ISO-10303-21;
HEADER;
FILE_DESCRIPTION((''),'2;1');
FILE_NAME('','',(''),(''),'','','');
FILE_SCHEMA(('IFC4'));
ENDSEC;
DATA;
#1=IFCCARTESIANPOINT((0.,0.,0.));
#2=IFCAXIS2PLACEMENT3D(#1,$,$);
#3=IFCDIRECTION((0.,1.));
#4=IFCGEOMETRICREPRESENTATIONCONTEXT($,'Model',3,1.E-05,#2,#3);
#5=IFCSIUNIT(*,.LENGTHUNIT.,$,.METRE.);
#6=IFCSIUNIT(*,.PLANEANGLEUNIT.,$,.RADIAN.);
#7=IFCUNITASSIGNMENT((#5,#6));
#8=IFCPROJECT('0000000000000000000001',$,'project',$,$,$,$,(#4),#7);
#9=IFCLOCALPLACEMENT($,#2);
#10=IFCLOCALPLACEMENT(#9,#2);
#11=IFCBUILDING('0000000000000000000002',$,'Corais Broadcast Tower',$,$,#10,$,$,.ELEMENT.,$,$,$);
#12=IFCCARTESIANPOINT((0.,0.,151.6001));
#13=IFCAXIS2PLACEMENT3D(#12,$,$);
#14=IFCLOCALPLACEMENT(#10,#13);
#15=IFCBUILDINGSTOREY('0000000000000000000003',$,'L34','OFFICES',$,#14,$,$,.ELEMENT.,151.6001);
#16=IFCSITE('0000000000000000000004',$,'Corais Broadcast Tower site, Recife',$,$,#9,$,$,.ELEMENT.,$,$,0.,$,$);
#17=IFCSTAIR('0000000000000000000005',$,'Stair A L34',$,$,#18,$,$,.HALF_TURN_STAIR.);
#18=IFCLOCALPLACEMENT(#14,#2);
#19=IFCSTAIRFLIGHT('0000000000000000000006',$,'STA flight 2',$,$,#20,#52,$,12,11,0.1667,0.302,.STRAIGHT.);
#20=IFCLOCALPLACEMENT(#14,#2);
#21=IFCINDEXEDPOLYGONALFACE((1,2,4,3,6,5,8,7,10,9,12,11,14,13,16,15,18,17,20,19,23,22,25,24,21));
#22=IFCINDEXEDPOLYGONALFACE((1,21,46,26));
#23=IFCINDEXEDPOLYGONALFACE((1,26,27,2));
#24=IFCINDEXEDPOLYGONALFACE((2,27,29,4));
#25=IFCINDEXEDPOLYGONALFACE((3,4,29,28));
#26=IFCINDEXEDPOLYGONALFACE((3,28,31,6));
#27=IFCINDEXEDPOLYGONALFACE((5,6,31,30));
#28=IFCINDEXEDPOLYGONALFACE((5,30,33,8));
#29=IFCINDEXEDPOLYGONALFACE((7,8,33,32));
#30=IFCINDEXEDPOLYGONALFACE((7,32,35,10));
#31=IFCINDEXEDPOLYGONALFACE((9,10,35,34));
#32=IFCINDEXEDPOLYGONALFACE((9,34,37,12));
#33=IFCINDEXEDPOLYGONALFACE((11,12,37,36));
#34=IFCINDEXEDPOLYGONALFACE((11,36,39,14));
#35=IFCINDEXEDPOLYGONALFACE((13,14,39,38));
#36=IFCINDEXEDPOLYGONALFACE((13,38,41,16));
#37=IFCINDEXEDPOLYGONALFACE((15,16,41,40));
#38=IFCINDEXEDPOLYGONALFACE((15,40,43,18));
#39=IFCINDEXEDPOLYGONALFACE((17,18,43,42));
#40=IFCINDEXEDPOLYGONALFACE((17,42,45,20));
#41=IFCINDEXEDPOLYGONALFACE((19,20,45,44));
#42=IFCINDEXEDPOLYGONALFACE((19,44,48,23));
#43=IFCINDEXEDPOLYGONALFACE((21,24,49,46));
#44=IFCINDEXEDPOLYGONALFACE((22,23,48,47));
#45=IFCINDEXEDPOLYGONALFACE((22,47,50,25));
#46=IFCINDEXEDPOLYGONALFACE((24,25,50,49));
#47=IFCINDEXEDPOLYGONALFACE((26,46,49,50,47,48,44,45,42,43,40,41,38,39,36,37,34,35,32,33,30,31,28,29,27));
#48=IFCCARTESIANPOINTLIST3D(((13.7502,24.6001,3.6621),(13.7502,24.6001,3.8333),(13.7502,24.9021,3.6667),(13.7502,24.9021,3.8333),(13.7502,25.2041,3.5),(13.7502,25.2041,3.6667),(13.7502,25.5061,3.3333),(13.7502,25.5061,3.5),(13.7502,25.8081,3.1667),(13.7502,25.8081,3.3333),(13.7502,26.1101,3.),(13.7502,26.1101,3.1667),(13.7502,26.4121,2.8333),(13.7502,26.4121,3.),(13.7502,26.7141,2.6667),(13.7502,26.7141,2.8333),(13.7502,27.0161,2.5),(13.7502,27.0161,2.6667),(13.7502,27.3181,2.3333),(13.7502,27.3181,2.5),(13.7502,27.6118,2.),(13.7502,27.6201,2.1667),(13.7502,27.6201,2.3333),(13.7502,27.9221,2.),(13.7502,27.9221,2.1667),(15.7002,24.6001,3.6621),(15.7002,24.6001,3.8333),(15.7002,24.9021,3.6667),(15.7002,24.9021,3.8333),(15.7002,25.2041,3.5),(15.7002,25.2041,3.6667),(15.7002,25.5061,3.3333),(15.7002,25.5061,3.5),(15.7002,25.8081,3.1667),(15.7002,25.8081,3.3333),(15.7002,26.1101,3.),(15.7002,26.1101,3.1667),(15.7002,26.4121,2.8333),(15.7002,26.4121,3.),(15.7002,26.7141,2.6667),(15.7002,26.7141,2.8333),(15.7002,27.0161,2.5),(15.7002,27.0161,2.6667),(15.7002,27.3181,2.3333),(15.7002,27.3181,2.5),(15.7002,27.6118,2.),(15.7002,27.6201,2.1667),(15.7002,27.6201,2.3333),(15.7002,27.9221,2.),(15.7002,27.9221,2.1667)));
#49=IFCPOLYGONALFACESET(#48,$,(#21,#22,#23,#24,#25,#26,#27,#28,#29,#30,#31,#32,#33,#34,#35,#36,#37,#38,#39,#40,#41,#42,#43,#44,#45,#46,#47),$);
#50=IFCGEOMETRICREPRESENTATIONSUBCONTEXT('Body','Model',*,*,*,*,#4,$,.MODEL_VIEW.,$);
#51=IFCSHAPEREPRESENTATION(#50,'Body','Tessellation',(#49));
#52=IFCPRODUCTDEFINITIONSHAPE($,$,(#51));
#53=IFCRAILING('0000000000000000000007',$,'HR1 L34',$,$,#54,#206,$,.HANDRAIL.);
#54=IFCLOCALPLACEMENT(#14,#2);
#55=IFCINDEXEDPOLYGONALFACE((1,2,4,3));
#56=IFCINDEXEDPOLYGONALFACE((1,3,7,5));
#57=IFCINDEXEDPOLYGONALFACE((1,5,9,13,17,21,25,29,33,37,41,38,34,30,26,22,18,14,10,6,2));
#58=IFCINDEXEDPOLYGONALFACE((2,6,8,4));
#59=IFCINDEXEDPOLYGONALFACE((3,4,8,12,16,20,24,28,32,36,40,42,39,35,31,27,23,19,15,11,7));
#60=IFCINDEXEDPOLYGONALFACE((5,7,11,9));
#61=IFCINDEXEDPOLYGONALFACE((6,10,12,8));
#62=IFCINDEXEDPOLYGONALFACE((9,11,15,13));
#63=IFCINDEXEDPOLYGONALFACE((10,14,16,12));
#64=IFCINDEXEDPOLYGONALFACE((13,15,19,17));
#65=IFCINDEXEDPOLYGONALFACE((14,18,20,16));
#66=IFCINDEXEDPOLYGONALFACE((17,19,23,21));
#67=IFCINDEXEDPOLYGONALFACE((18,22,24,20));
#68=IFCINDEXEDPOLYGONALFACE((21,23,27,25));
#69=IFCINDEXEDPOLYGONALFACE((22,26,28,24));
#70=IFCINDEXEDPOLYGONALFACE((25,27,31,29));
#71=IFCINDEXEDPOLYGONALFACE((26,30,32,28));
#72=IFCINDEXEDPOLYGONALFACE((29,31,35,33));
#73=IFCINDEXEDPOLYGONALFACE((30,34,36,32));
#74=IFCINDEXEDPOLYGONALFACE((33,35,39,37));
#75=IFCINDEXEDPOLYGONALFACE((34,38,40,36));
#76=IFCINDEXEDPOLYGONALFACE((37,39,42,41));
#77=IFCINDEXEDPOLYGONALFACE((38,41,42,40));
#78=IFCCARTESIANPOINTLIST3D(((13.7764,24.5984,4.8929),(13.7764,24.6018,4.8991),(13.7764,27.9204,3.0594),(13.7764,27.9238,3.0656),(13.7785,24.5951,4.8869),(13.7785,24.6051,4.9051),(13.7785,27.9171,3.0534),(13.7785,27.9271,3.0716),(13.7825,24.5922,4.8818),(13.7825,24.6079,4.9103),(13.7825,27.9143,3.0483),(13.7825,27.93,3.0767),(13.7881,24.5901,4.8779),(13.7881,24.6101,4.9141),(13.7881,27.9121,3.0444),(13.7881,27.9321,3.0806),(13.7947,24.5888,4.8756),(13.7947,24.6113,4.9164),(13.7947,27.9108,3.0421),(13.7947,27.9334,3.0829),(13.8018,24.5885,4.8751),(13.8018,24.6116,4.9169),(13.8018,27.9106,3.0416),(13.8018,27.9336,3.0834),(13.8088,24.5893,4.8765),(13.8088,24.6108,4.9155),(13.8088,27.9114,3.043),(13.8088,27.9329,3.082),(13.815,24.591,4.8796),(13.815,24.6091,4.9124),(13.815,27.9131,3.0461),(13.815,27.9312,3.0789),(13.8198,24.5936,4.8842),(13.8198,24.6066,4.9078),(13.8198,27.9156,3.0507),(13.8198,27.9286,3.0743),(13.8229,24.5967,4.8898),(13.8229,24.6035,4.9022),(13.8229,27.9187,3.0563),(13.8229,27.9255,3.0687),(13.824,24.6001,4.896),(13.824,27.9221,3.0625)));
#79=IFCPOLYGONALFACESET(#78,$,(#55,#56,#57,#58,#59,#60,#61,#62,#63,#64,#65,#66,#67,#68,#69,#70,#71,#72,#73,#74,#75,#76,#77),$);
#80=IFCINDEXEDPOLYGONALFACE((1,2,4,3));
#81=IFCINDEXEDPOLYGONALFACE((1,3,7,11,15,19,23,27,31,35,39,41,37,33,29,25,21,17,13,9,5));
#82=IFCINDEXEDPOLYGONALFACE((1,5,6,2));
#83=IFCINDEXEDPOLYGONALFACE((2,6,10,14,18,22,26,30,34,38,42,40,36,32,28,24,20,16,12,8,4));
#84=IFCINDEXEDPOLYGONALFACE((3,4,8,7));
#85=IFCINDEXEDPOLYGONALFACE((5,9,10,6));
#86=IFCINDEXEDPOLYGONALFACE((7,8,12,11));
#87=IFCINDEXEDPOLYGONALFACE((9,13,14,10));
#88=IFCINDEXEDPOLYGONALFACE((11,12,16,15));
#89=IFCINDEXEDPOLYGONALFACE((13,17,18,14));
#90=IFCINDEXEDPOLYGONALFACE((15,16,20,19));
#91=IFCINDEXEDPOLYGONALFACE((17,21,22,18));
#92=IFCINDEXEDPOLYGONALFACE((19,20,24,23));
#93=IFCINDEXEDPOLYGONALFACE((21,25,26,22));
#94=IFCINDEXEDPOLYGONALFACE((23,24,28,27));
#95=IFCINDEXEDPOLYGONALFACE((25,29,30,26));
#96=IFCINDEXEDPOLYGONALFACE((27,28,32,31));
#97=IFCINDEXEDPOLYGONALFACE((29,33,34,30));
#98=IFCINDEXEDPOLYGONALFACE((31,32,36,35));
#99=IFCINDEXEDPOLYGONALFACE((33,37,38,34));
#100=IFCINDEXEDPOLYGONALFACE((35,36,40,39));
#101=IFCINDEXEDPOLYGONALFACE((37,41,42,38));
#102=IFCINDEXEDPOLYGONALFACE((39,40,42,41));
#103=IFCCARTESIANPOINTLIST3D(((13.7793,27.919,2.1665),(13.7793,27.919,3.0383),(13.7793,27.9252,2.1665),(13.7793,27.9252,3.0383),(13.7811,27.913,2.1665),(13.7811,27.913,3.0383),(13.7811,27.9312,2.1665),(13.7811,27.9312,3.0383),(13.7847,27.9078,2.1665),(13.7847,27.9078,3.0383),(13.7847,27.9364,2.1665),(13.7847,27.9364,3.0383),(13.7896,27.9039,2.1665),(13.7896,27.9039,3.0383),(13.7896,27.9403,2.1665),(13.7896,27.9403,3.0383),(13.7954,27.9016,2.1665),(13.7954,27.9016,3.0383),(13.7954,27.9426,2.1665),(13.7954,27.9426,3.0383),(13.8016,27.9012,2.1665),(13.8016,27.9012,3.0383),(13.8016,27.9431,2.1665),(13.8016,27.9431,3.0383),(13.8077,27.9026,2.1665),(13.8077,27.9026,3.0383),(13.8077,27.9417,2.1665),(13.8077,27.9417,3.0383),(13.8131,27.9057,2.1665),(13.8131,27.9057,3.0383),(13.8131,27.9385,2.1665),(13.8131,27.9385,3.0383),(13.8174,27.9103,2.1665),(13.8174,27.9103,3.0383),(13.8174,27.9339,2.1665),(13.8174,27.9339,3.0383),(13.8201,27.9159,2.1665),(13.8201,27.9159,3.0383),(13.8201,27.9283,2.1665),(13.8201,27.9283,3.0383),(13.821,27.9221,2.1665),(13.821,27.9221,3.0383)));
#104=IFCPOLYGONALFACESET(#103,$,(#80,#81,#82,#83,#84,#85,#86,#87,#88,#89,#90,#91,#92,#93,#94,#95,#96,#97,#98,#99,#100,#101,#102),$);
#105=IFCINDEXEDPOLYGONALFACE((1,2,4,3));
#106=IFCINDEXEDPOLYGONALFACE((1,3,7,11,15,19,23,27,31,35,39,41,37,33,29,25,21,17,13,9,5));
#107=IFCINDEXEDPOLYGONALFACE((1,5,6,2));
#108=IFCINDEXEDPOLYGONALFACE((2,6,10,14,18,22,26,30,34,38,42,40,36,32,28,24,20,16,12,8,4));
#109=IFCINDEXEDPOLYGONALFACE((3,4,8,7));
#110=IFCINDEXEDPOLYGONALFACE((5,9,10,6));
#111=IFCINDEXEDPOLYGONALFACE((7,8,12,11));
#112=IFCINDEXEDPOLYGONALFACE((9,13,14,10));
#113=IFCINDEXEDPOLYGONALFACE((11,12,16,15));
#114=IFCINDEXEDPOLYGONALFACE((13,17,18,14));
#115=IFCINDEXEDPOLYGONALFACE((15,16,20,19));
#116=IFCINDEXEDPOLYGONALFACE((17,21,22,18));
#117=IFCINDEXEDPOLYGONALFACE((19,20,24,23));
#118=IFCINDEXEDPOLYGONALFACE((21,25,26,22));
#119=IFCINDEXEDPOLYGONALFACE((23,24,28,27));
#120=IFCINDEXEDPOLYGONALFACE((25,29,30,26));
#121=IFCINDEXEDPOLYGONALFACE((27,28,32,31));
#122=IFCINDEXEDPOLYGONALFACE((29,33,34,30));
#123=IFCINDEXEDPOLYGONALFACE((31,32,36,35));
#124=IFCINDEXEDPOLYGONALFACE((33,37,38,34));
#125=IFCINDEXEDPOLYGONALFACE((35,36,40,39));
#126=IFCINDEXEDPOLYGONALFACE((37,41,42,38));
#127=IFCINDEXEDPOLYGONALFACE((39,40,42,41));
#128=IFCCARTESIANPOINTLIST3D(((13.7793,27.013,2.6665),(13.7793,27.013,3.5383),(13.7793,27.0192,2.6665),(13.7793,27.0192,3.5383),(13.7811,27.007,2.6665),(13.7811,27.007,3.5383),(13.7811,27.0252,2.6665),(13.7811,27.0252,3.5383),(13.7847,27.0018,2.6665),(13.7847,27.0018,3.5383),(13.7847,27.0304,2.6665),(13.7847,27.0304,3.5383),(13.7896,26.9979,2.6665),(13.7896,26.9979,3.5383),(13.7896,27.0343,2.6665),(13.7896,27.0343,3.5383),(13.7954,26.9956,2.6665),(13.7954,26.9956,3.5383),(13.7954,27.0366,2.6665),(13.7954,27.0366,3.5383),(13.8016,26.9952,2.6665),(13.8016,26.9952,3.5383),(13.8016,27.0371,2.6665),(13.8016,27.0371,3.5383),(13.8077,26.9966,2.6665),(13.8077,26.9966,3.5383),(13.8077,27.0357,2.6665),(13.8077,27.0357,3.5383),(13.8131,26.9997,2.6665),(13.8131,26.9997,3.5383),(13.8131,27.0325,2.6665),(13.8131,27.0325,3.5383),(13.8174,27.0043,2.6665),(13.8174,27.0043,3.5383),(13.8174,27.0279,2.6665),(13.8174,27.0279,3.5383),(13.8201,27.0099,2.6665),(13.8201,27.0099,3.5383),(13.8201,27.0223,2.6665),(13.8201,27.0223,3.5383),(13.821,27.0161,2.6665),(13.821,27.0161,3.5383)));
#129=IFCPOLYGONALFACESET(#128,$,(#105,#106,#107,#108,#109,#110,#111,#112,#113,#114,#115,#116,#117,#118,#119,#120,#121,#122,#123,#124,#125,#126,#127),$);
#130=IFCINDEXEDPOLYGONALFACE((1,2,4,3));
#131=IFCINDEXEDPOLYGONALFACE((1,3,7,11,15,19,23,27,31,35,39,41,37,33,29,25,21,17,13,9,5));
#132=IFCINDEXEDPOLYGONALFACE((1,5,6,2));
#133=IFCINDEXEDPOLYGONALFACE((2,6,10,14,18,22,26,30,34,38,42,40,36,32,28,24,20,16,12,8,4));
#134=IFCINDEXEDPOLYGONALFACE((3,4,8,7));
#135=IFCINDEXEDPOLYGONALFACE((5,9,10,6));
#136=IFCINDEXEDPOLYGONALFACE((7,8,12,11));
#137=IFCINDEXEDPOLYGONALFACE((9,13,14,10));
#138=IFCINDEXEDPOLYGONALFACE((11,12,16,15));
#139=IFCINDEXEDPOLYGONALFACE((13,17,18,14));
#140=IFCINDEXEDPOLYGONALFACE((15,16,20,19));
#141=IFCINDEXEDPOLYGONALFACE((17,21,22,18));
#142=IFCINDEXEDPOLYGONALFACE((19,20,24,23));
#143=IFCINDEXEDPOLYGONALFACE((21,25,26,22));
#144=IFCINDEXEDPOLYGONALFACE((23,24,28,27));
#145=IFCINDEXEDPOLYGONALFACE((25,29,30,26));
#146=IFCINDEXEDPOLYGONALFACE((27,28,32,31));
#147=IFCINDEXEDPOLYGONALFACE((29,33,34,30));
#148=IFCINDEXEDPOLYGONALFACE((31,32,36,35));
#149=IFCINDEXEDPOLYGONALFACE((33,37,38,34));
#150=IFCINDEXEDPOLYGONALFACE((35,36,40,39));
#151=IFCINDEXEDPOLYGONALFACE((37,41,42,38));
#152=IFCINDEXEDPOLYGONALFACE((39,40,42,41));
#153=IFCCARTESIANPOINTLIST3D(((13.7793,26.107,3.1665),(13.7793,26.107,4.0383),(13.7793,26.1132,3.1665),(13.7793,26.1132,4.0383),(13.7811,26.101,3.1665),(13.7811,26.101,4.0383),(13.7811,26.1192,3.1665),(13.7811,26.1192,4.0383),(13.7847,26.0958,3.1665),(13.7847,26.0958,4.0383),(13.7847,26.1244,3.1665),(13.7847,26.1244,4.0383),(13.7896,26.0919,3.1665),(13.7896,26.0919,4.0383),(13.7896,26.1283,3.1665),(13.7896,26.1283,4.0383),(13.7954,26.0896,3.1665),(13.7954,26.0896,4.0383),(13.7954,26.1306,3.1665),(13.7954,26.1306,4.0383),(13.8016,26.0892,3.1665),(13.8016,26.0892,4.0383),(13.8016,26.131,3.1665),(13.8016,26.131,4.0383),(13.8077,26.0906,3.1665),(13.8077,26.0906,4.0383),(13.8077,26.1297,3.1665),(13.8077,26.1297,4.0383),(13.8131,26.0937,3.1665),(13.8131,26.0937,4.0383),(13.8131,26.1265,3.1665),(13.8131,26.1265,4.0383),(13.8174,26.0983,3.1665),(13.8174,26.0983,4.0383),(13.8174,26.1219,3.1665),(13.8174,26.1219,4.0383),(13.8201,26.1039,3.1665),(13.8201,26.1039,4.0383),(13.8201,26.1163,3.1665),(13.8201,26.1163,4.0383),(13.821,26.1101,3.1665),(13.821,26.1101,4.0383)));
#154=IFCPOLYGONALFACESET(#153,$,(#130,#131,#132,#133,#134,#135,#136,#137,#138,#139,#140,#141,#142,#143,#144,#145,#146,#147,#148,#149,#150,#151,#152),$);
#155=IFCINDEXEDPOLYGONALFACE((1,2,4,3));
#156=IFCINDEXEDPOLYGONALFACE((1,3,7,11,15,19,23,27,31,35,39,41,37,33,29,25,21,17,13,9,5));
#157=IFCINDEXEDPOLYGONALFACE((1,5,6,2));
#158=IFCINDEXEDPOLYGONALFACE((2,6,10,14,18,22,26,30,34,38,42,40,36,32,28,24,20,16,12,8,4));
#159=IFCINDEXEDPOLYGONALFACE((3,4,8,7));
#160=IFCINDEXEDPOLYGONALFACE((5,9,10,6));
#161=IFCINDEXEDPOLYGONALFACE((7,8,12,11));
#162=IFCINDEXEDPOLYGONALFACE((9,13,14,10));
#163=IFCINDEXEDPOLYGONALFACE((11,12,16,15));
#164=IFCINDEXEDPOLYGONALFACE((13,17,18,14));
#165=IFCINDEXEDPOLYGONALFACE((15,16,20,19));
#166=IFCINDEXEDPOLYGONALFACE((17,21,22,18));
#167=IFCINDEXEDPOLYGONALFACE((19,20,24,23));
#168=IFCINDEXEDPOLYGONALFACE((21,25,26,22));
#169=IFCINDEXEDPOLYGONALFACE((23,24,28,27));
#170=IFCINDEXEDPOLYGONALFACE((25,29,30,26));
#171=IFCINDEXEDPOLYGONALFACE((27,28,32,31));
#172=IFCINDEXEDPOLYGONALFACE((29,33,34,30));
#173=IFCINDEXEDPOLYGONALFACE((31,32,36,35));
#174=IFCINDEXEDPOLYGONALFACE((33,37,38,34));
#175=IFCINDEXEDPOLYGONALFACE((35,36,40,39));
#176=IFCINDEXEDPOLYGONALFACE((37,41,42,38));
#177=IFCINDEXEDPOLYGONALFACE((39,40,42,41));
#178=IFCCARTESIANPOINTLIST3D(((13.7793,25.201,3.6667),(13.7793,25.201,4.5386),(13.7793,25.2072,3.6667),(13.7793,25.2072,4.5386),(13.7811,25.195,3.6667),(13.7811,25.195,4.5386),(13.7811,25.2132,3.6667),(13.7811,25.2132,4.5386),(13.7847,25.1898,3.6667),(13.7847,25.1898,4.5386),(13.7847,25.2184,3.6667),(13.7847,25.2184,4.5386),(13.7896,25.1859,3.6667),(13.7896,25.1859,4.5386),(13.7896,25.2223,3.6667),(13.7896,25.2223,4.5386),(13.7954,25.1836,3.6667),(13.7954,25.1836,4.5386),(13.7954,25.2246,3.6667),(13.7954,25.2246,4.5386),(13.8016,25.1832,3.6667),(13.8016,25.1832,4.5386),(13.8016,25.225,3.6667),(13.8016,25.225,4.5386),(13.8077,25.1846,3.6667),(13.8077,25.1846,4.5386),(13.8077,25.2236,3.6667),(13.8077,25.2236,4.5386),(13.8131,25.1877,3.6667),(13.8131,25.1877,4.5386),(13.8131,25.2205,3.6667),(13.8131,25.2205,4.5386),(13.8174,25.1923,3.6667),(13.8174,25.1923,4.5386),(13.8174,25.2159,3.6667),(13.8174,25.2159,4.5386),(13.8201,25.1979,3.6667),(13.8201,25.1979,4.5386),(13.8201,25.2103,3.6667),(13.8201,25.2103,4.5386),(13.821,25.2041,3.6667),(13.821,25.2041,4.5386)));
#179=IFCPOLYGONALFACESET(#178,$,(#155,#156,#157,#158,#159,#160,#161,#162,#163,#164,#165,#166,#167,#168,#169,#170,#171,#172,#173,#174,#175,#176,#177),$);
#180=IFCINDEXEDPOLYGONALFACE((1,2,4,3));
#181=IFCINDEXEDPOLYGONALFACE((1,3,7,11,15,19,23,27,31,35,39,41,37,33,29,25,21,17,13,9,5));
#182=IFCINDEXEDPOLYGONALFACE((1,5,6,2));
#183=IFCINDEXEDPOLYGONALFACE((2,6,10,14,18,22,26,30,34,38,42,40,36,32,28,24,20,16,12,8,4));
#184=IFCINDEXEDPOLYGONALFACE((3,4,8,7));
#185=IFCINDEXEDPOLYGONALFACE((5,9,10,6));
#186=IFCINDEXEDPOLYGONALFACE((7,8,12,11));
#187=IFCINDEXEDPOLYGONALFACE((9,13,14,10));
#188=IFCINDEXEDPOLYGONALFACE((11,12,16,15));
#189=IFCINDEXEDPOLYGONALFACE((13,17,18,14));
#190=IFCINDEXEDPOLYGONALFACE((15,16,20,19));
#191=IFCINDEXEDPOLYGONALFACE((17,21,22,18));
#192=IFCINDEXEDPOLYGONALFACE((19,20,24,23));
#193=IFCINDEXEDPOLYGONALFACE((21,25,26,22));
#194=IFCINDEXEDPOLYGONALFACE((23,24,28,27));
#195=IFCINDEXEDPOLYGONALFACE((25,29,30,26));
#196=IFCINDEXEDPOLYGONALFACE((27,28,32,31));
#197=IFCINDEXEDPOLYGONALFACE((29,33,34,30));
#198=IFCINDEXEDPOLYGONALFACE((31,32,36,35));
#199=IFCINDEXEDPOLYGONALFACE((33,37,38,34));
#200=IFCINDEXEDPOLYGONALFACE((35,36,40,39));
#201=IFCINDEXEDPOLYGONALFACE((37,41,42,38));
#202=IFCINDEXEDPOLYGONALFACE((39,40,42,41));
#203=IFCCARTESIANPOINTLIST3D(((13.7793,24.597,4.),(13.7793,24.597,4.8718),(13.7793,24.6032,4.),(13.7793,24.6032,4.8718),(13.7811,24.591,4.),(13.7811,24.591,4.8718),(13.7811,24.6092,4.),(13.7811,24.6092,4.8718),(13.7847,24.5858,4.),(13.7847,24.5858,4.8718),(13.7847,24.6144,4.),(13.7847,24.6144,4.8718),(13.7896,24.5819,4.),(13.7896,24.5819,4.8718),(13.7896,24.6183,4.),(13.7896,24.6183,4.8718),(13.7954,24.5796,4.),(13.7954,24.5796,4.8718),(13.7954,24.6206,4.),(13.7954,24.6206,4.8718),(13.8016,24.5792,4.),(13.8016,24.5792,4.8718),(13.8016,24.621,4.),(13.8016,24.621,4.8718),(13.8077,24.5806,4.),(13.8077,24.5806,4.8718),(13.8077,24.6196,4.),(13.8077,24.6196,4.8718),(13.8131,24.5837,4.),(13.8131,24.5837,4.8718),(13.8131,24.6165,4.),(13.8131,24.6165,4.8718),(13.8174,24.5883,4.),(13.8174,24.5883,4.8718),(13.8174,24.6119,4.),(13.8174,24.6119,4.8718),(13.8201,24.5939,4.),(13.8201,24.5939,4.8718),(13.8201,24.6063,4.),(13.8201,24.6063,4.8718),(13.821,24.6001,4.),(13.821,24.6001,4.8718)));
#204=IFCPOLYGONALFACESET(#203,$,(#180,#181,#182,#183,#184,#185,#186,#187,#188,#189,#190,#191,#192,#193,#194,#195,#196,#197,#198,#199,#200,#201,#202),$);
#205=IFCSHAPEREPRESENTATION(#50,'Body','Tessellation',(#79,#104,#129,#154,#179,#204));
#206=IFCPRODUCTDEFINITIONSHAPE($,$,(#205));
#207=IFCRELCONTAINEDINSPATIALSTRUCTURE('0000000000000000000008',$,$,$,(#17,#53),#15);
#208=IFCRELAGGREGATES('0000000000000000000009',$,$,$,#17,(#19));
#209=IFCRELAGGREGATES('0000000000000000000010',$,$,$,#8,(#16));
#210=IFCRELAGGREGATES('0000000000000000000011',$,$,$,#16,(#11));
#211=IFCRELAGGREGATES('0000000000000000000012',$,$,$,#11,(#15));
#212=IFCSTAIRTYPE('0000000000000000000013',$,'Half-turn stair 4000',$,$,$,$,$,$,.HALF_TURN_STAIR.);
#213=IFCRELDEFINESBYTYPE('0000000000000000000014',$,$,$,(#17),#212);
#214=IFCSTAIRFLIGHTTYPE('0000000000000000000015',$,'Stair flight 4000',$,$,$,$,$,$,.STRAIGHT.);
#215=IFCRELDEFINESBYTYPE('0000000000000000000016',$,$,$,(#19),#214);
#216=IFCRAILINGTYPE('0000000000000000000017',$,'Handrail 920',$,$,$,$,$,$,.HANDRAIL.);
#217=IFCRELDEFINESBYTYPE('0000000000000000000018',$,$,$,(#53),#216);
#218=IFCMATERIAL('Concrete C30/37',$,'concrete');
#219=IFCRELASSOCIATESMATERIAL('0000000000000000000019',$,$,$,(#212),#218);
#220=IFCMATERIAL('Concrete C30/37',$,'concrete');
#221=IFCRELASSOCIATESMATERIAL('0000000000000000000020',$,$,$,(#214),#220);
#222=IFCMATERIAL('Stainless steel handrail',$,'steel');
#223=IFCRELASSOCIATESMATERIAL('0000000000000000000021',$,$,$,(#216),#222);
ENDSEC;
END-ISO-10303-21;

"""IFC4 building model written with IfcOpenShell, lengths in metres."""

from ifc_helpers import new_model, si_unit, direction, frame, origin, origin_2d, place, context, subcontext, project, spatial, polyline, circle, outline, extrude, material, type_object, element, aggregate, save


model = new_model("IFC4")

# Units and contexts
model_context = context("Model", 3, precision=1e-05, world=origin(), true_north=direction((0.0, 1.0)))
body_context = subcontext(model_context, "Body", "Model", "MODEL_VIEW")
ifc_project = project(units=[si_unit("LENGTHUNIT", "METRE"), si_unit("PLANEANGLEUNIT", "RADIAN")], contexts=[model_context])

# Site, building, storey
site_placement = place(None, origin())
site = spatial("IfcSite", under=ifc_project, at=site_placement, Name="Corais Broadcast Tower site, Recife", CompositionType="ELEMENT", RefElevation=0.0)
building_placement = place(site_placement, origin())
building = spatial("IfcBuilding", under=site, at=building_placement, Name="Corais Broadcast Tower", CompositionType="ELEMENT")
storey_placement = place(building_placement, frame((0.0, 0.0, 151.6001)))
storey = spatial("IfcBuildingStorey", under=building, at=storey_placement, Name="L34", Description="OFFICES", CompositionType="ELEMENT", Elevation=151.6001)

# Stair, stair flight
ifc_material_1 = material(Name="Concrete C30/37", Category="concrete")
stair_type = type_object("IfcStairType", Name="Half-turn stair 4000", PredefinedType="HALF_TURN_STAIR", material=ifc_material_1)
stair_placement = place(storey_placement, origin())
stair = element("IfcStair", 1, at=stair_placement, inside=storey, type_object=stair_type, Name="Stair A L34", PredefinedType="HALF_TURN_STAIR")
ifc_material_2 = material(Name="Concrete C30/37", Category="concrete")
stair_flight_type = type_object("IfcStairFlightType", Name="Stair flight 4000", PredefinedType="STRAIGHT", material=ifc_material_2)
stair_flight_placement = place(storey_placement, frame((14.7251, 27.9221, 2.0), z_axis=(0.0, 0.0, 1.0), x_axis=(0.0, -1.0, 0.0)))
stair_flight = element("IfcStairFlight", 2, at=stair_flight_placement, type_object=stair_flight_type, Name="STA flight 2", NumberOfRisers=12, NumberOfTreads=11, PredefinedType="STRAIGHT", RiserHeight=0.1667, TreadLength=0.302, context=body_context, shape_type="SweptSolid", body=[
    extrude(outline(polyline([(0.0, 0.0), (0.0, 0.1667), (0.302, 0.1667), (0.302, 0.3333), (0.604, 0.3333), (0.604, 0.5), (0.906, 0.5), (0.906, 0.6667), (1.208, 0.6667), (1.208, 0.8333), (1.51, 0.8333), (1.51, 1.0), (1.812, 1.0), (1.812, 1.1667), (2.114, 1.1667), (2.114, 1.3333), (2.416, 1.3333), (2.416, 1.5), (2.718, 1.5), (2.718, 1.6667), (3.02, 1.6667), (3.02, 1.8333), (3.322, 1.8333), (3.322, 2.0), (3.322, 1.6621), (0.3103, 0.0), (0.0, 0.0)])), frame((0.0, 0.9751, 0.0), z_axis=(0.0, -1.0, 0.0), x_axis=(1.0, 0.0, 0.0)), (0.0, 0.0, 1.0), 1.95),
])
aggregate(stair, [stair_flight])

# Railing
ifc_material_3 = material(Name="Stainless steel handrail", Category="steel")
railing_type = type_object("IfcRailingType", Name="Handrail 920", PredefinedType="HANDRAIL", material=ifc_material_3)
for number, where, name in (
    (3, (13.8, 27.9221, 2.1665), "HR1 L34"),
):
    element("IfcRailing", number, at=place(storey_placement, frame(where)), inside=storey, type_object=railing_type, Name=name, PredefinedType="HANDRAIL", context=body_context, shape_type="SweptSolid", body=[
        extrude(circle(Radius=0.0239, at=origin_2d()), frame((0.0, 0.0, 0.896), z_axis=(0.0, -0.875504, 0.48321), x_axis=(1.0, 0.0, 0.0)), (0.0, 0.0, 1.0), 3.7944),
        extrude(circle(Radius=0.021, at=origin_2d()), origin(), (0.0, 0.0, 1.0), 0.8718),
        extrude(circle(Radius=0.021, at=origin_2d()), frame((0.0, -0.906, 0.5)), (0.0, 0.0, 1.0), 0.8718),
        extrude(circle(Radius=0.021, at=origin_2d()), frame((0.0, -1.812, 1.0)), (0.0, 0.0, 1.0), 0.8718),
        extrude(circle(Radius=0.021, at=origin_2d()), frame((0.0, -2.718, 1.5002)), (0.0, 0.0, 1.0), 0.8718),
        extrude(circle(Radius=0.021, at=origin_2d()), frame((0.0, -3.322, 1.8335)), (0.0, 0.0, 1.0), 0.8718),
    ])

save(model, "model.ifc")
